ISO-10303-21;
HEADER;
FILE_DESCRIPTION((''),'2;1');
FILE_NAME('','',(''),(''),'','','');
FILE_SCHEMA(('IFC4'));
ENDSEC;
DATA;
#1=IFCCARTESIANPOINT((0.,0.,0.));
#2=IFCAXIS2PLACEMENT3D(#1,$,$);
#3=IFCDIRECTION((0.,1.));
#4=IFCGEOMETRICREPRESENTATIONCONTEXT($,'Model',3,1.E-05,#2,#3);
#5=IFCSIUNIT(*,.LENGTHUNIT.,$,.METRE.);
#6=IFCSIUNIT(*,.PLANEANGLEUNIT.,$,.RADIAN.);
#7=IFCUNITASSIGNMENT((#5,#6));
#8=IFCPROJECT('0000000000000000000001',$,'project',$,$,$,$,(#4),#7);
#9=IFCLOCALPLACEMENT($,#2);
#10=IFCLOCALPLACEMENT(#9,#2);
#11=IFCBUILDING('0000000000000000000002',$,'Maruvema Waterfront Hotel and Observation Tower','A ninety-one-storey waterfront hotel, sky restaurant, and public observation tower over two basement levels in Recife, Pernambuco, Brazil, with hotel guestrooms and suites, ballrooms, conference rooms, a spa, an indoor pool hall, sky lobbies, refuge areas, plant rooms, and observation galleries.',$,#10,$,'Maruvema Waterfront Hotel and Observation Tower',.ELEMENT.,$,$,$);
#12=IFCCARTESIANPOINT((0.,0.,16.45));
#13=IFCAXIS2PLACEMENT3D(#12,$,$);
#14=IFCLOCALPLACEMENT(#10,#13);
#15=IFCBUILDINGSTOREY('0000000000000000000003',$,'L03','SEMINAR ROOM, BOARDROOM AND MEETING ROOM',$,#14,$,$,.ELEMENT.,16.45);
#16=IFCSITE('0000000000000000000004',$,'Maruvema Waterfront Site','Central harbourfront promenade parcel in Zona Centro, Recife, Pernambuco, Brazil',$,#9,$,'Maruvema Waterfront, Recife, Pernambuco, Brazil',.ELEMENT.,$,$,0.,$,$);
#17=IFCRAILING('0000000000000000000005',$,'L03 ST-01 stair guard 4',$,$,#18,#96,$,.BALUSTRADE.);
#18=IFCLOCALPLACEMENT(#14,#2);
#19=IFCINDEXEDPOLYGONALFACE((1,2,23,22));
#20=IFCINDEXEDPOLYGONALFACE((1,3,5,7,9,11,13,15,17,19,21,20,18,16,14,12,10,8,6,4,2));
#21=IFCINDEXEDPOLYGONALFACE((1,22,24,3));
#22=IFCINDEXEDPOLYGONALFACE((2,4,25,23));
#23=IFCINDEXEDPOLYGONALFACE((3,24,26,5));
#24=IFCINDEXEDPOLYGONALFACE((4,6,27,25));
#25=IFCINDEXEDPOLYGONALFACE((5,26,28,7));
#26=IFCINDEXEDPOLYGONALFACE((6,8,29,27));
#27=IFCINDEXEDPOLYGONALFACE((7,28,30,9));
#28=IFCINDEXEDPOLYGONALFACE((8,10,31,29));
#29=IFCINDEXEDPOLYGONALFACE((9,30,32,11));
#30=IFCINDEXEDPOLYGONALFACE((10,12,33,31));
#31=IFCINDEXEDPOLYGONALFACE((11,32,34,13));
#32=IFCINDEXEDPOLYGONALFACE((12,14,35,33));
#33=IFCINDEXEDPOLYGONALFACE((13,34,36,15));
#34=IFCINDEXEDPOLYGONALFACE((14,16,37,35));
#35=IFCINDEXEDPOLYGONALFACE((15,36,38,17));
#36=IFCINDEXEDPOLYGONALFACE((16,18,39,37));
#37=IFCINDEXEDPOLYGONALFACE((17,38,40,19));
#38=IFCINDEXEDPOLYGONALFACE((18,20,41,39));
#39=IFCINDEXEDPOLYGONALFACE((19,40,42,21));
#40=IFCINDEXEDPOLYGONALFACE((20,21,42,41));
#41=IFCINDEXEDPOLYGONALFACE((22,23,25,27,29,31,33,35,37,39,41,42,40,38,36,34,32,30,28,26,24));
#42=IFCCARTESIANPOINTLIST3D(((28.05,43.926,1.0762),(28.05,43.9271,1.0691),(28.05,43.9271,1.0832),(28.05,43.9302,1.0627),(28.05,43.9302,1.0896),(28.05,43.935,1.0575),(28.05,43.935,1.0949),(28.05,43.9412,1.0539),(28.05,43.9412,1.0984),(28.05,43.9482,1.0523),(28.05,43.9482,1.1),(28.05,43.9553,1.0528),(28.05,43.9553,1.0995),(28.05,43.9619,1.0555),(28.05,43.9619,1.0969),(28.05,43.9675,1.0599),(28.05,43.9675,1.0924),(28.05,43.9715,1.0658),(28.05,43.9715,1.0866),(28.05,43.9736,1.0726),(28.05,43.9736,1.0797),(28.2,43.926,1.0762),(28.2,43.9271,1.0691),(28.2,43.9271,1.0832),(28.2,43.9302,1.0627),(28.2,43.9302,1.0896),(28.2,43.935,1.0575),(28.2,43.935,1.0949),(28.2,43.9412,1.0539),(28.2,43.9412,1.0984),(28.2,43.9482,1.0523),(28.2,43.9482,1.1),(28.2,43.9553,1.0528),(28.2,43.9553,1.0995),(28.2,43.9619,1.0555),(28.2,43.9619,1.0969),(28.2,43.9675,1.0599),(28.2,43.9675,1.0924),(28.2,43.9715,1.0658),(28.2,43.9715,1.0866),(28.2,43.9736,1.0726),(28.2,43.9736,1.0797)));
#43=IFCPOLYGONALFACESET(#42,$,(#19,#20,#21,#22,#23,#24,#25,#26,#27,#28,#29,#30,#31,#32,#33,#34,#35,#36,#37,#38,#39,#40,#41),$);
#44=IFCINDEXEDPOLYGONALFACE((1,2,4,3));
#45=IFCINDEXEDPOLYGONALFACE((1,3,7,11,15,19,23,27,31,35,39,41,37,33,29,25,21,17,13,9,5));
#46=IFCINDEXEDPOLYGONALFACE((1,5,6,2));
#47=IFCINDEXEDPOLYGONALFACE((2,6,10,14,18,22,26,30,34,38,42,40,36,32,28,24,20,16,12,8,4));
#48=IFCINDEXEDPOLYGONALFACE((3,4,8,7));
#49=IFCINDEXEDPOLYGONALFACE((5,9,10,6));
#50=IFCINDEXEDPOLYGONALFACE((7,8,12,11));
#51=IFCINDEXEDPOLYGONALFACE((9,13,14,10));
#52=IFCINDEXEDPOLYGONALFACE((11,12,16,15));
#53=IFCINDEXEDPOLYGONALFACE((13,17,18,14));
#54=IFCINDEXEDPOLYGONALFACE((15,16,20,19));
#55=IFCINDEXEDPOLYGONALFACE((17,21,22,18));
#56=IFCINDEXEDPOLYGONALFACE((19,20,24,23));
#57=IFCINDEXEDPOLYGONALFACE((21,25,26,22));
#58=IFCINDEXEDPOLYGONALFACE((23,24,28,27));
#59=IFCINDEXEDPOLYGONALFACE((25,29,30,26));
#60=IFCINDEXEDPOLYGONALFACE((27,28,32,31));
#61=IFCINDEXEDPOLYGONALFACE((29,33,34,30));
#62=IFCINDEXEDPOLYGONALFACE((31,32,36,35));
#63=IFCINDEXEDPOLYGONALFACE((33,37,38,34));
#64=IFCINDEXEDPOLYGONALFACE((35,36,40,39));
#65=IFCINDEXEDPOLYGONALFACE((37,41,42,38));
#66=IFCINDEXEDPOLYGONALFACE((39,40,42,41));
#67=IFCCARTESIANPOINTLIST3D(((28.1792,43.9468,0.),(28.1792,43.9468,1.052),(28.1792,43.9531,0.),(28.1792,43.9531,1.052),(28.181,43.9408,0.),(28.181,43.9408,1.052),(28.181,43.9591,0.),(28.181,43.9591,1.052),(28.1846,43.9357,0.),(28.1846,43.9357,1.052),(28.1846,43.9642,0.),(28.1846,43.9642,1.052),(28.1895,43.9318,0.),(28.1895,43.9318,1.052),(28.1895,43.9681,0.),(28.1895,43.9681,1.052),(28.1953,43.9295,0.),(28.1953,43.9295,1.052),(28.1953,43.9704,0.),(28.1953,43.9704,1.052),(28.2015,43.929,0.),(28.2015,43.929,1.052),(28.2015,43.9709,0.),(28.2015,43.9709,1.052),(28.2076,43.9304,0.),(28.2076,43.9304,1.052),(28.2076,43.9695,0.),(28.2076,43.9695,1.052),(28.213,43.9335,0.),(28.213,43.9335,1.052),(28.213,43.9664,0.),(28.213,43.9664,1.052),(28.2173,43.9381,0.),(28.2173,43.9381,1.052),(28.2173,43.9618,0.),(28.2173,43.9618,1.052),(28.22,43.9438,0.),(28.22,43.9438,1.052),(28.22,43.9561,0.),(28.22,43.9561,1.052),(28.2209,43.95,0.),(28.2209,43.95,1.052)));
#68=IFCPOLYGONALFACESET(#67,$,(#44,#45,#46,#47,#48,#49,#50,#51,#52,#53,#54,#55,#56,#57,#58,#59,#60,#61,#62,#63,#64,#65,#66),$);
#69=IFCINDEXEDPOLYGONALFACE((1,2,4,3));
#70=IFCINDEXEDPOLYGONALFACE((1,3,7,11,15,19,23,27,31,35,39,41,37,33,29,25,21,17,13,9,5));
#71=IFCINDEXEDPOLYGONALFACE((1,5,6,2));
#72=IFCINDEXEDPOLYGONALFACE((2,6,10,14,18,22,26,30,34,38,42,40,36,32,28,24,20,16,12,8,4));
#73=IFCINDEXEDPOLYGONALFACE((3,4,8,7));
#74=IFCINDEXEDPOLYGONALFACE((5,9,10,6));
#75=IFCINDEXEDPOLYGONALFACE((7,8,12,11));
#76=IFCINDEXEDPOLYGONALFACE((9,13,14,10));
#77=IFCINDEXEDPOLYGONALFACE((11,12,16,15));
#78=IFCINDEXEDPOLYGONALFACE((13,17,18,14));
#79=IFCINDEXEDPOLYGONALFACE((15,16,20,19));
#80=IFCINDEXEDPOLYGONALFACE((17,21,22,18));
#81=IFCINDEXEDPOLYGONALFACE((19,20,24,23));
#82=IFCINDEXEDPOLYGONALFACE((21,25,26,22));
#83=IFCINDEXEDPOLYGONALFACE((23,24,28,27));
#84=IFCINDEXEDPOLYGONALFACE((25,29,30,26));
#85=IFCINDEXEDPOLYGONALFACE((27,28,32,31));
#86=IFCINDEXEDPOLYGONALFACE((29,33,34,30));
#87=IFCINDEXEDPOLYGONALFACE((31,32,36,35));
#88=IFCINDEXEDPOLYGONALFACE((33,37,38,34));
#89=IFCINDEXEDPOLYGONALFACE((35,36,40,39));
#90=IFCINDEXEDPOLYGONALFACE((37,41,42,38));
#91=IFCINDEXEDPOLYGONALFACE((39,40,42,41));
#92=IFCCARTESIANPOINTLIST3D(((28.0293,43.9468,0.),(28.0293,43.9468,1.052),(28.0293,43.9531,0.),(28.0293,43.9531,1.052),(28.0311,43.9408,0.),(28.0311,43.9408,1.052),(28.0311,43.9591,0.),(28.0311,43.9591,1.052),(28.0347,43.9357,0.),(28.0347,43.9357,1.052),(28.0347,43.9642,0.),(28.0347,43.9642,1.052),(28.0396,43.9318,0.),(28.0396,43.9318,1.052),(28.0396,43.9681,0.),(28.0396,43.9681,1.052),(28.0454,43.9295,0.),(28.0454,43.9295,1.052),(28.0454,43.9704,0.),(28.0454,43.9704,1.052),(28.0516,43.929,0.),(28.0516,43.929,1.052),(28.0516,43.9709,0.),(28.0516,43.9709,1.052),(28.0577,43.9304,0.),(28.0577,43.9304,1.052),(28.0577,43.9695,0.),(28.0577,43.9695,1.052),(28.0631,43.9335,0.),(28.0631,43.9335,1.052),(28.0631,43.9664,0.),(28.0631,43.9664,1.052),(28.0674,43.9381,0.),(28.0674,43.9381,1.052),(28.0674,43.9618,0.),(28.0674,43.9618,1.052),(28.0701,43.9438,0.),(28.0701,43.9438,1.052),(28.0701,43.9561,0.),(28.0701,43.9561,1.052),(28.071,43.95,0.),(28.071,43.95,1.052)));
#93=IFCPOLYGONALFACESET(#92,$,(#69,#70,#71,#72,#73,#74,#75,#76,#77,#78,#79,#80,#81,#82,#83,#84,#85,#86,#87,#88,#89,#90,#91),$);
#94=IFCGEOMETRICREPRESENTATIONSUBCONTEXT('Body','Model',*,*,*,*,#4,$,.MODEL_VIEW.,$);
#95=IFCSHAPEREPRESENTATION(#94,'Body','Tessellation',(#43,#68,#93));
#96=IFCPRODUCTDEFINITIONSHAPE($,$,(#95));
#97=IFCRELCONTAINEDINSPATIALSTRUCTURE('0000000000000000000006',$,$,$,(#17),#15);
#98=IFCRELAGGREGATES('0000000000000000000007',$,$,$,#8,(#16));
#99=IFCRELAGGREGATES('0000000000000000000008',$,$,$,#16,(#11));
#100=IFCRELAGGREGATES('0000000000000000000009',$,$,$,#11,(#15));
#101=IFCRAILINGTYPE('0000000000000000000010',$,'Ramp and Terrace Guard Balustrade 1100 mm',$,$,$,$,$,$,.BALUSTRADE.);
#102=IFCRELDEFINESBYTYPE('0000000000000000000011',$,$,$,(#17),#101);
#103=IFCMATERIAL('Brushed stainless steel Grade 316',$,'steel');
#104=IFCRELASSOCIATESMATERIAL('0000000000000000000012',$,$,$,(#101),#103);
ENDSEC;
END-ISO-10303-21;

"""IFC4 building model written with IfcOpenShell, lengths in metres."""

from ifc_helpers import new_model, si_unit, direction, frame, origin, origin_2d, place, context, subcontext, project, spatial, circle, extrude, material, type_object, element, save


model = new_model("IFC4")

# Units and contexts
model_context = context("Model", 3, precision=1e-05, world=origin(), true_north=direction((0.0, 1.0)))
body_context = subcontext(model_context, "Body", "Model", "MODEL_VIEW")
ifc_project = project(units=[si_unit("LENGTHUNIT", "METRE"), si_unit("PLANEANGLEUNIT", "RADIAN")], contexts=[model_context])

# Site, building, storey
site_placement = place(None, origin())
site = spatial("IfcSite", under=ifc_project, at=site_placement, Name="Maruvema Waterfront Site", Description="Central harbourfront promenade parcel in Zona Centro, Recife, Pernambuco, Brazil", LongName="Maruvema Waterfront, Recife, Pernambuco, Brazil", CompositionType="ELEMENT", RefElevation=0.0)
building_placement = place(site_placement, origin())
building = spatial("IfcBuilding", under=site, at=building_placement, Name="Maruvema Waterfront Hotel and Observation Tower", Description="A ninety-one-storey waterfront hotel, sky restaurant, and public observation tower over two basement levels in Recife, Pernambuco, Brazil, with hotel guestrooms and suites, ballrooms, conference rooms, a spa, an indoor pool hall, sky lobbies, refuge areas, plant rooms, and observation galleries.", LongName="Maruvema Waterfront Hotel and Observation Tower", CompositionType="ELEMENT")
storey_placement = place(building_placement, frame((0.0, 0.0, 16.45)))
storey = spatial("IfcBuildingStorey", under=building, at=storey_placement, Name="L03", Description="SEMINAR ROOM, BOARDROOM AND MEETING ROOM", CompositionType="ELEMENT", Elevation=16.45)

# Railing
ifc_material_1 = material(Name="Brushed stainless steel Grade 316", Category="steel")
railing_type_1 = type_object("IfcRailingType", Name="Ramp and Terrace Guard Balustrade 1100 mm", PredefinedType="BALUSTRADE", material=ifc_material_1)
railing_1_placement = place(storey_placement, frame((28.2, 43.95, 0.0)))
element("IfcRailing", 1, at=railing_1_placement, inside=storey, type_object=railing_type_1, Name="L03 ST-01 stair guard 4", PredefinedType="BALUSTRADE", context=body_context, shape_type="SweptSolid", body=[
    extrude(circle(Radius=0.0239, at=origin_2d()), frame((0.0, 0.0, 1.0762), z_axis=(-1.0, 0.0, 0.0), x_axis=(0.0, -1.0, 0.0)), (0.0, 0.0, 1.0), 0.1499),
    extrude(circle(Radius=0.021, at=origin_2d()), origin(), (0.0, 0.0, 1.0), 1.052),
    extrude(circle(Radius=0.021, at=origin_2d()), frame((-0.1499, 0.0, 0.0)), (0.0, 0.0, 1.0), 1.052),
])

save(model, "model.ifc")
